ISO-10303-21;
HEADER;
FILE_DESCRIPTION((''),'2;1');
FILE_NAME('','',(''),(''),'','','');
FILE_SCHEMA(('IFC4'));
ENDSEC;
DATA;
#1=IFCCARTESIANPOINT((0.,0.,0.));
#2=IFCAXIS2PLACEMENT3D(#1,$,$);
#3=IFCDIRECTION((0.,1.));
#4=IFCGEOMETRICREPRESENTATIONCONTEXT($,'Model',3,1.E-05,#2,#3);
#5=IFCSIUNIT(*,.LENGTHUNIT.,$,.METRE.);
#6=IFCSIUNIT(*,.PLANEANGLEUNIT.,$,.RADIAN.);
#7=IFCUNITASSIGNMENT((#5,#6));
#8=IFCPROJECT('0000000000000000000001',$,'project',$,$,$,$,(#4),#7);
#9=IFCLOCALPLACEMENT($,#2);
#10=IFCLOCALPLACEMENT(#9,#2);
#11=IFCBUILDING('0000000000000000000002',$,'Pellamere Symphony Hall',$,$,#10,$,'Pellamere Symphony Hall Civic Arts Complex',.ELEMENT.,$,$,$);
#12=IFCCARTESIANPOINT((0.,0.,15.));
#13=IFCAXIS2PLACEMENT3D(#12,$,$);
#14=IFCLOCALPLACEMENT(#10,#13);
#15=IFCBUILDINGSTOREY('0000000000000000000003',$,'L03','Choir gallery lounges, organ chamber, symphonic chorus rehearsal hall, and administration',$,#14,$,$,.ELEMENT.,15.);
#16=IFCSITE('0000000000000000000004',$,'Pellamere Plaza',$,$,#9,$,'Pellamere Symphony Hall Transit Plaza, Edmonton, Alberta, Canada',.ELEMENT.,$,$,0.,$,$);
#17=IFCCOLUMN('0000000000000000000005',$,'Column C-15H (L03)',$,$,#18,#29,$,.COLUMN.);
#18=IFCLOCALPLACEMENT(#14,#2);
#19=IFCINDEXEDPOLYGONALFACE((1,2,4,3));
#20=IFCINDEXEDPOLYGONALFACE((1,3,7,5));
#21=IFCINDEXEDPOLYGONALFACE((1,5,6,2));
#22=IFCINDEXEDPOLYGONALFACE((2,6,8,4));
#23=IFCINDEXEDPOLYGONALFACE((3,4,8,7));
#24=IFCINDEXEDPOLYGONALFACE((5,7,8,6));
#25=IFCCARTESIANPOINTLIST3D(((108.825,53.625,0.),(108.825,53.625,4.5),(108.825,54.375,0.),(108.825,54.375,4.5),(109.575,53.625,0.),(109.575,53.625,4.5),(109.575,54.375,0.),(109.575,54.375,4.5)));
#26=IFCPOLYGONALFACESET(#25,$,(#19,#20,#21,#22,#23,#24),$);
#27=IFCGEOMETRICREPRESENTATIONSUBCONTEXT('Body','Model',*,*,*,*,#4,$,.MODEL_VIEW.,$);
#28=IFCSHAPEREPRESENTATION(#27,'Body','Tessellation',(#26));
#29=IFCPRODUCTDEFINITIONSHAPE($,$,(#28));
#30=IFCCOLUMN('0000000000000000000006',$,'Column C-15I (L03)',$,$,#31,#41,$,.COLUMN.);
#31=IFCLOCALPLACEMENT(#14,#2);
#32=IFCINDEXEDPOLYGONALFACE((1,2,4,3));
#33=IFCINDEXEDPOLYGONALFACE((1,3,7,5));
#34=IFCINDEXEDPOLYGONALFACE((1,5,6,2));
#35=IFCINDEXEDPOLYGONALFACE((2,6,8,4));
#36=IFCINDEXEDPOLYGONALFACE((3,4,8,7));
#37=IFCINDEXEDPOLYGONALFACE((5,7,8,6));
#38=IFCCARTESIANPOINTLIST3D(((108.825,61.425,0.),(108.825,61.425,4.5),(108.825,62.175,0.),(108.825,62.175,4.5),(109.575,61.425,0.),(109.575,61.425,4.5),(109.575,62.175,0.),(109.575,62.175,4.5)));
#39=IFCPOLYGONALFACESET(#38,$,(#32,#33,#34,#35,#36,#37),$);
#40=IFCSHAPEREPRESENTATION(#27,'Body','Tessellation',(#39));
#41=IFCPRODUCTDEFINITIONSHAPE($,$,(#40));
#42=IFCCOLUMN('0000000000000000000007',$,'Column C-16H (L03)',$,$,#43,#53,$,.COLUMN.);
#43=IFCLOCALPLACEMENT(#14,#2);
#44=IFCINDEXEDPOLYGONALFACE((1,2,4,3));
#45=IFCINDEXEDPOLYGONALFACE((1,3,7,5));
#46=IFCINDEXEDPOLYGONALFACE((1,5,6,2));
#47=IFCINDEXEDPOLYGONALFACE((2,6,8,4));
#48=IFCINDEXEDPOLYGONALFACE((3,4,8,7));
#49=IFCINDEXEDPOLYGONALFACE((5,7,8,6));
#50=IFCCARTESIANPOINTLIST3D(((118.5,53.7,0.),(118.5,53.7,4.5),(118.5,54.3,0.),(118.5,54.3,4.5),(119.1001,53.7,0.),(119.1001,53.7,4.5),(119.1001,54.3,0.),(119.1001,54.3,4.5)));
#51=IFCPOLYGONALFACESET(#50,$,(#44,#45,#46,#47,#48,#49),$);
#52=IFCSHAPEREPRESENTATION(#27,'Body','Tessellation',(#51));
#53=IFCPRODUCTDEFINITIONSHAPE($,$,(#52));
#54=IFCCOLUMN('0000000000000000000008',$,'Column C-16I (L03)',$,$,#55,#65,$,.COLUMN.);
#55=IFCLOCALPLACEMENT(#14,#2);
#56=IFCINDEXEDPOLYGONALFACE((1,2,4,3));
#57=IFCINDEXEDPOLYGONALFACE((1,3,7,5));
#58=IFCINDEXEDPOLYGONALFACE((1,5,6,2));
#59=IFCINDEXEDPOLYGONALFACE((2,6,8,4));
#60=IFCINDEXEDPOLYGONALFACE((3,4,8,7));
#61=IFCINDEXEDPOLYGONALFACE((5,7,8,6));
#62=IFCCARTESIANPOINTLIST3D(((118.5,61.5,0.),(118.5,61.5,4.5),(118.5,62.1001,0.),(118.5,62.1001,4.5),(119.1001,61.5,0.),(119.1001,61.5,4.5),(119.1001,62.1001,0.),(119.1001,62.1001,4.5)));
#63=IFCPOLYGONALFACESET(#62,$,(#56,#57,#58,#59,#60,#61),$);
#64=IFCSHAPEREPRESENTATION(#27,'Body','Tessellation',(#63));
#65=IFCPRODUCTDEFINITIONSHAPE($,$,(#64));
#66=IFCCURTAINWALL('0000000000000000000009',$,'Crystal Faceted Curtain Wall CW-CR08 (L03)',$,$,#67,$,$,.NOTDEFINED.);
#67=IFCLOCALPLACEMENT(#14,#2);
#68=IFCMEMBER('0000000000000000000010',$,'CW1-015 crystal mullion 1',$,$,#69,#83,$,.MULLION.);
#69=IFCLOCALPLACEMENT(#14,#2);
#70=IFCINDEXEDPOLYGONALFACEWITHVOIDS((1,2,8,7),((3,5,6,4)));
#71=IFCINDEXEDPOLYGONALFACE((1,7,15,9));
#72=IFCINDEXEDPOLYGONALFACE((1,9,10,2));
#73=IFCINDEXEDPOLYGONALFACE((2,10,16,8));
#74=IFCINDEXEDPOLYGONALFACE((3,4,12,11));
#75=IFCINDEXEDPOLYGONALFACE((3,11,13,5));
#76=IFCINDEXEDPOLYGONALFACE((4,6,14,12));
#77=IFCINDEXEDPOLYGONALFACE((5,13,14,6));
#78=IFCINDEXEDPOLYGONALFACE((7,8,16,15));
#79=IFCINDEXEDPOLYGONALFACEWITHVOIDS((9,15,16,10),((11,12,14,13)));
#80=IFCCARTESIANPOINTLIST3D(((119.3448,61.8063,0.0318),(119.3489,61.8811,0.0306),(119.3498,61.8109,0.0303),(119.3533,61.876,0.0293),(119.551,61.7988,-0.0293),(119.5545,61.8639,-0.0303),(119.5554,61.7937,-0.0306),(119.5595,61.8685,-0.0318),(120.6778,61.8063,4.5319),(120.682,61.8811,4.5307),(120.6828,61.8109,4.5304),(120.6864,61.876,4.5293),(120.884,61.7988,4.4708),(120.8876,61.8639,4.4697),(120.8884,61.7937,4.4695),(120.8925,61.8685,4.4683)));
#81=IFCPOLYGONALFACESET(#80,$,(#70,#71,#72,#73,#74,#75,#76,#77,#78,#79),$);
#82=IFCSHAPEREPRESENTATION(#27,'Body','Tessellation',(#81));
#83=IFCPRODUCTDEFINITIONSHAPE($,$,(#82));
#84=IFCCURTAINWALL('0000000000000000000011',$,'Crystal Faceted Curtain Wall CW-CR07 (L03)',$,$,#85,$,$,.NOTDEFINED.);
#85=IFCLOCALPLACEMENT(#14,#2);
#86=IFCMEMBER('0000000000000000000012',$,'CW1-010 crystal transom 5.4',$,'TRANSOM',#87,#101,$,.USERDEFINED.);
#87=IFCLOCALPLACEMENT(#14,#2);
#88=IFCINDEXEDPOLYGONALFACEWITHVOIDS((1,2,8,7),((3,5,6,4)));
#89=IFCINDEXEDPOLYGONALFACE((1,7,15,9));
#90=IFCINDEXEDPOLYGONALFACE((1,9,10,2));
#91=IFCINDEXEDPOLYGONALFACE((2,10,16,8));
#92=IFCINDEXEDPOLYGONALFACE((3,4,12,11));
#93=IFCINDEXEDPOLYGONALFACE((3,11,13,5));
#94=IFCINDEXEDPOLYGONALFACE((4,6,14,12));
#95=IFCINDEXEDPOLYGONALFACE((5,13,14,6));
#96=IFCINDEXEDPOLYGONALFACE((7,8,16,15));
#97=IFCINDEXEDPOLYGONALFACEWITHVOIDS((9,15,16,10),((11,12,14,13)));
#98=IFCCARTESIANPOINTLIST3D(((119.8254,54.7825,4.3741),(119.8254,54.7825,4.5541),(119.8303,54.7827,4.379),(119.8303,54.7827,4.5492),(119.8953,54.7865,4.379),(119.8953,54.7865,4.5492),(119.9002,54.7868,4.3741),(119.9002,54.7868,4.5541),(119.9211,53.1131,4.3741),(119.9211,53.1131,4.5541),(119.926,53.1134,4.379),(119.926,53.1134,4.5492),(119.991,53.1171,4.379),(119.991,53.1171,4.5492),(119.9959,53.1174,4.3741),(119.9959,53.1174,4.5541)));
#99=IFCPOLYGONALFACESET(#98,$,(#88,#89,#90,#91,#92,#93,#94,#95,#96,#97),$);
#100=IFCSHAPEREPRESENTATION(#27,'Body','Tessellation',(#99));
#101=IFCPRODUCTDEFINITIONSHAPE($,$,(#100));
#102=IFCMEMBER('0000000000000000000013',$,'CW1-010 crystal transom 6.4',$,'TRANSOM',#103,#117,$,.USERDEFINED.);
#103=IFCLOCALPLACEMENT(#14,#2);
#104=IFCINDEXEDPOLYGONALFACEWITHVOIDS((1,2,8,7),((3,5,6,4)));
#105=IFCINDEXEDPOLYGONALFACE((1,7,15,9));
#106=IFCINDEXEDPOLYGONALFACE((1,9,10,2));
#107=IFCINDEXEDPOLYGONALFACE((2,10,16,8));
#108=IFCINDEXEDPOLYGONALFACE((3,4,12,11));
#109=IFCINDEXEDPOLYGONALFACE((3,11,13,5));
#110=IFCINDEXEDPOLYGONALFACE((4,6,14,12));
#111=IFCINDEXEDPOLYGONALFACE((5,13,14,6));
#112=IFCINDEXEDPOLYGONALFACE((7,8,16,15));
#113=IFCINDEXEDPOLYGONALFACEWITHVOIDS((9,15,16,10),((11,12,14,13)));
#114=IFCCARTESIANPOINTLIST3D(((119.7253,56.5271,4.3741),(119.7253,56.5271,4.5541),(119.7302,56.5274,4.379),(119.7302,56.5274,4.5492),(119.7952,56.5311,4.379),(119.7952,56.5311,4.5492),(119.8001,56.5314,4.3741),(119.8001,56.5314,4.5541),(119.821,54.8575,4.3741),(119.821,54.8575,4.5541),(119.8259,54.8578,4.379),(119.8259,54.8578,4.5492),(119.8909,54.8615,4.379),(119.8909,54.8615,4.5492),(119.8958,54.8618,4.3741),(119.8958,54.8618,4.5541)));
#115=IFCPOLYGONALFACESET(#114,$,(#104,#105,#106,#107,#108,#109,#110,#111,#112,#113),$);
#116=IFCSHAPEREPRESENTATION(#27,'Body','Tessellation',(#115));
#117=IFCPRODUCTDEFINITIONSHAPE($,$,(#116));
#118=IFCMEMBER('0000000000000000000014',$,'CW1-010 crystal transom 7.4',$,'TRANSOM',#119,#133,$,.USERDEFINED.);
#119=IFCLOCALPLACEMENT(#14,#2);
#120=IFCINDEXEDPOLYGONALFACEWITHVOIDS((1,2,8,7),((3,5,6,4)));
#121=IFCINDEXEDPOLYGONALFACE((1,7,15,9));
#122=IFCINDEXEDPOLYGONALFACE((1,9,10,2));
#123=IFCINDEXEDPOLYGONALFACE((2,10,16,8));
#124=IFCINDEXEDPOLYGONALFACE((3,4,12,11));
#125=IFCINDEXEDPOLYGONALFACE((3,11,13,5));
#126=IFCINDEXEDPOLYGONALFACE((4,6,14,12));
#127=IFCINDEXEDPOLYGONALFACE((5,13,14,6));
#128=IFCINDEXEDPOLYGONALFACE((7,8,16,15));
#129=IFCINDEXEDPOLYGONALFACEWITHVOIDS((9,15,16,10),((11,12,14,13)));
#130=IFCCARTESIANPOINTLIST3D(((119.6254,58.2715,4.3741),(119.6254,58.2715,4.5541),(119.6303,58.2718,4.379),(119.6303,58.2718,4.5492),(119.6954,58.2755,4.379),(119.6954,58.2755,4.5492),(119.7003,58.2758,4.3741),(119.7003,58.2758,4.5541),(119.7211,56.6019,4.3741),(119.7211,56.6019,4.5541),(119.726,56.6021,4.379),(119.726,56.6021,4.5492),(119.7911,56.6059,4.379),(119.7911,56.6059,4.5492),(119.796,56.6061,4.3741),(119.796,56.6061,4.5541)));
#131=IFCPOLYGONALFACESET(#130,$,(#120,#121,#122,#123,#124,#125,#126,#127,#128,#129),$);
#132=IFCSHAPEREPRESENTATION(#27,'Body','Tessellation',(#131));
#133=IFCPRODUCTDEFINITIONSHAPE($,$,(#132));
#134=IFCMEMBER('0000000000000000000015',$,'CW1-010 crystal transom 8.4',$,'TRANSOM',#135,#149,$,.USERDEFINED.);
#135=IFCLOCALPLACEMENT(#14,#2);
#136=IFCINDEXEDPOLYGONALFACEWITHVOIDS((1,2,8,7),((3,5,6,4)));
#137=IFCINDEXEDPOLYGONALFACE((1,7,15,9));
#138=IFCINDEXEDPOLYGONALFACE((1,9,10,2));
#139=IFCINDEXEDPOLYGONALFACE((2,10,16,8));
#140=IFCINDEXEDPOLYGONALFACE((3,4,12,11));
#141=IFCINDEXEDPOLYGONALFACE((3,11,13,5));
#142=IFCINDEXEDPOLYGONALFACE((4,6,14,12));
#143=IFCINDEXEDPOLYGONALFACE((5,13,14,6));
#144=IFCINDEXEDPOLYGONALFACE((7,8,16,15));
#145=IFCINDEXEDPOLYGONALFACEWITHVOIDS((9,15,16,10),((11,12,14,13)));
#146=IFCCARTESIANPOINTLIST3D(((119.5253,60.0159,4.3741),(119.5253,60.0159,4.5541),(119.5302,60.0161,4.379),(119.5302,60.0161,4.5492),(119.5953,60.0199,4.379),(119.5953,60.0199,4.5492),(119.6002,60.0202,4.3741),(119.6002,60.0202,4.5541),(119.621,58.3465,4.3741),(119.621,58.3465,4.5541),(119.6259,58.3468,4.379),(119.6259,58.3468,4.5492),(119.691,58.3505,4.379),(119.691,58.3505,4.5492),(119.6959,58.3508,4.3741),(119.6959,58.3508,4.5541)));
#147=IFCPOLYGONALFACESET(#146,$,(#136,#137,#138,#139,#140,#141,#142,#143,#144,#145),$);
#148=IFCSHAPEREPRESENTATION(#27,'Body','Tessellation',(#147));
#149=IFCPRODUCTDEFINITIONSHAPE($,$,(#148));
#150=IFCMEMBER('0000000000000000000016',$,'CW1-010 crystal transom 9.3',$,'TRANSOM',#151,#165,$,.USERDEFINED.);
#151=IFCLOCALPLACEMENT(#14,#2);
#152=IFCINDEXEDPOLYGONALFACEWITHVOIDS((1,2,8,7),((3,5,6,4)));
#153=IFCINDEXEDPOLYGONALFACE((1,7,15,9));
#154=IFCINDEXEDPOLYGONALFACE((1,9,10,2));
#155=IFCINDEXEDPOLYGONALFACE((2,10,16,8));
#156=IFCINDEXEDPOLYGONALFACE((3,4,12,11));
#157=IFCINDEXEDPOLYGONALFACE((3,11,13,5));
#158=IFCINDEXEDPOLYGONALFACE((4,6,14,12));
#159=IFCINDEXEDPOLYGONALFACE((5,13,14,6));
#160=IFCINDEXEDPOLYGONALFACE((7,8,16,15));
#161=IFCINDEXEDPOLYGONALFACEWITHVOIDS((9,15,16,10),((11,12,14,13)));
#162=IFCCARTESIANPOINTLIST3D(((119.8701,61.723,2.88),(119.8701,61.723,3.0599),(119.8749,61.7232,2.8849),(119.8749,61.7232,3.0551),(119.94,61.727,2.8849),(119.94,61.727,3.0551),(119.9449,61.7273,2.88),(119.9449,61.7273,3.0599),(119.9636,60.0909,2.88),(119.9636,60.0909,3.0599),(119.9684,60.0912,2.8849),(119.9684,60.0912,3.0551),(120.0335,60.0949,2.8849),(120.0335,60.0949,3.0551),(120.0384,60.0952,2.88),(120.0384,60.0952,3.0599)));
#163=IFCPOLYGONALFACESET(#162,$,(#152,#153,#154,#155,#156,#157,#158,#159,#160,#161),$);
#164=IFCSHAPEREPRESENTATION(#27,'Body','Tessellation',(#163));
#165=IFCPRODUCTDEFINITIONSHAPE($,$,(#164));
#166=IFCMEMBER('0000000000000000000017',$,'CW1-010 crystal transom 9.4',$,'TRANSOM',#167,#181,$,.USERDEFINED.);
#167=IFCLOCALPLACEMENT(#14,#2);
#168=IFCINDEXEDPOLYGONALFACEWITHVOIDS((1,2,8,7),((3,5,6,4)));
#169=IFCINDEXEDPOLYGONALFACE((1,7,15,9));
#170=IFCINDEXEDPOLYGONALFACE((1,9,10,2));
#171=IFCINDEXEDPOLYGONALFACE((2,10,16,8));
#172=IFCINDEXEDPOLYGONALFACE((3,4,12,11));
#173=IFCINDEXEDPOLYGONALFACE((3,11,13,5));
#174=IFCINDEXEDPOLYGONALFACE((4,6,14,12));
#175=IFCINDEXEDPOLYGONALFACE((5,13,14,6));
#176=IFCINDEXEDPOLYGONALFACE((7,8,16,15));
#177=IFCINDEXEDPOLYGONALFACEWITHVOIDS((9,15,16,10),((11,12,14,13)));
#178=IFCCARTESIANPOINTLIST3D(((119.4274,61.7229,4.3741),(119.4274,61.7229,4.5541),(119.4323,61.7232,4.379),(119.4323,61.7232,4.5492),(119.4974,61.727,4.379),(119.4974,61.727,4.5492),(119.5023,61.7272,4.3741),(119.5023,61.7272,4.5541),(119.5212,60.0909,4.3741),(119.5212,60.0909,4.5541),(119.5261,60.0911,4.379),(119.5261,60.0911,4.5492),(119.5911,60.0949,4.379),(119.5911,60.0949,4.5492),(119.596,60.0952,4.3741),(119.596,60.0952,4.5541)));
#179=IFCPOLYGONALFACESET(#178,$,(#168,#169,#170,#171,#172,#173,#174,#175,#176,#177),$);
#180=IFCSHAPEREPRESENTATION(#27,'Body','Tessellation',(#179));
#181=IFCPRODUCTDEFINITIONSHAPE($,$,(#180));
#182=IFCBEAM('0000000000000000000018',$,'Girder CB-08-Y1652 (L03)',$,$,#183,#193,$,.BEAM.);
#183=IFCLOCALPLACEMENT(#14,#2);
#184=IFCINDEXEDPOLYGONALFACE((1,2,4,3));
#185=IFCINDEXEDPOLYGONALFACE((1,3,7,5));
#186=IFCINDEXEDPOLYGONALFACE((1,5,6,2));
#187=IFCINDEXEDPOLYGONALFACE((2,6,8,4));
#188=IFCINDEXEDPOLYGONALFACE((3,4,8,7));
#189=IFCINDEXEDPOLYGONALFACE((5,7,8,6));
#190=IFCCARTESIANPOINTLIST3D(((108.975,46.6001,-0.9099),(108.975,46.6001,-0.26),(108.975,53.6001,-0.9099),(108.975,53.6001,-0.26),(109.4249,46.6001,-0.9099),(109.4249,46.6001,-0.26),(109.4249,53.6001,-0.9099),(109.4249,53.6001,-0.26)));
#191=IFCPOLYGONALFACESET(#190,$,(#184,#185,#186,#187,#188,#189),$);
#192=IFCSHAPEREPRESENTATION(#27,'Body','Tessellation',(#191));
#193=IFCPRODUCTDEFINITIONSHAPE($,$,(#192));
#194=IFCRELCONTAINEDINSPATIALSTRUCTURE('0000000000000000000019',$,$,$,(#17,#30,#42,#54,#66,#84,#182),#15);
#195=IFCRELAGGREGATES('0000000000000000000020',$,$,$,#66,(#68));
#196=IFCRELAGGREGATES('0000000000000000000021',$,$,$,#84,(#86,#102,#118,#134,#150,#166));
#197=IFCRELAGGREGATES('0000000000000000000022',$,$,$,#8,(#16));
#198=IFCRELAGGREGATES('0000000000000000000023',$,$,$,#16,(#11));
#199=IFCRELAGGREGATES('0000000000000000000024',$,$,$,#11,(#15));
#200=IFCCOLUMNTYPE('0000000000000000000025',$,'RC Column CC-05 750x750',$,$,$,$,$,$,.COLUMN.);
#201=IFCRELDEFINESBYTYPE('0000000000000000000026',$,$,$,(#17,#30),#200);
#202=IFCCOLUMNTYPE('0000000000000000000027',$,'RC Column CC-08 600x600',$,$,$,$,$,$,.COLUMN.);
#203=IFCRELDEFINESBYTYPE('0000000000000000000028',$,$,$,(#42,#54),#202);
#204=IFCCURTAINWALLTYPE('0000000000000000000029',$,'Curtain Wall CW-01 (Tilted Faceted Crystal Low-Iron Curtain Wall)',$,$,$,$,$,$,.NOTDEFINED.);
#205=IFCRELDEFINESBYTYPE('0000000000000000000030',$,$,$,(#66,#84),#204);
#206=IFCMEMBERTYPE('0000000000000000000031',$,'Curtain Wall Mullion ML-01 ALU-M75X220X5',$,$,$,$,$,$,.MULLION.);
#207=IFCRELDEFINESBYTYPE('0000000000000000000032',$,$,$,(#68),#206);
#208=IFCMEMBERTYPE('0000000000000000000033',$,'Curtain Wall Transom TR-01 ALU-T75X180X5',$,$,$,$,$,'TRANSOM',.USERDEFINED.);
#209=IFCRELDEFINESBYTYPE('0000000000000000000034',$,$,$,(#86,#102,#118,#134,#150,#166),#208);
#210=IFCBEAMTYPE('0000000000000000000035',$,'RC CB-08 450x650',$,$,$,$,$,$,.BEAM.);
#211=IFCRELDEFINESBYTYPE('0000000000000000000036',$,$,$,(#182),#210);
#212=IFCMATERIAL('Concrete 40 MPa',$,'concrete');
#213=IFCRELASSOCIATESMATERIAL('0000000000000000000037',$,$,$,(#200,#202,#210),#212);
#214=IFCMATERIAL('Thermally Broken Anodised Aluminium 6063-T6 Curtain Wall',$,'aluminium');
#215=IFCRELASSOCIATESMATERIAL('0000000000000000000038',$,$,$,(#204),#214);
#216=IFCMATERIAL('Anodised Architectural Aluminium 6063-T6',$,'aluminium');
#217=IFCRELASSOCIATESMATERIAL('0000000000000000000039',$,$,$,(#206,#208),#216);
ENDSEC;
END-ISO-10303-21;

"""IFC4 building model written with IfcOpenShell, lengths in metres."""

from ifc_helpers import new_model, si_unit, direction, frame, origin, origin_2d, place, context, subcontext, project, spatial, rectangle, hollow_rectangle, extrude, material, material_profile, profile_set, type_object, element, aggregate, save


model = new_model("IFC4")

# Units and contexts
model_context = context("Model", 3, precision=1e-05, world=origin(), true_north=direction((0.0, 1.0)))
body_context = subcontext(model_context, "Body", "Model", "MODEL_VIEW")
ifc_project = project(units=[si_unit("LENGTHUNIT", "METRE"), si_unit("PLANEANGLEUNIT", "RADIAN")], contexts=[model_context])

# Site, building, storey
site_placement = place(None, origin())
site = spatial("IfcSite", under=ifc_project, at=site_placement, Name="Pellamere Plaza", LongName="Pellamere Symphony Hall Transit Plaza, Edmonton, Alberta, Canada", CompositionType="ELEMENT", RefElevation=0.0)
building_placement = place(site_placement, origin())
building = spatial("IfcBuilding", under=site, at=building_placement, Name="Pellamere Symphony Hall", LongName="Pellamere Symphony Hall Civic Arts Complex", CompositionType="ELEMENT")
storey_placement = place(building_placement, frame((0.0, 0.0, 15.0)))
storey = spatial("IfcBuildingStorey", under=building, at=storey_placement, Name="L03", Description="Choir gallery lounges, organ chamber, symphonic chorus rehearsal hall, and administration", CompositionType="ELEMENT", Elevation=15.0)

# Columns
ifc_material_1 = material(Name="Concrete 40 MPa", Category="concrete")
ifc_material_profile_1 = material_profile(ifc_material_1, rectangle(XDim=0.75, YDim=0.75, at=origin_2d()), Name="RC 750x750")
ifc_profile_set_1 = profile_set([ifc_material_profile_1], Name="Concrete 40 MPa")
column_type_1 = type_object("IfcColumnType", Name="RC Column CC-05 750x750", PredefinedType="COLUMN", material=ifc_profile_set_1)
for number, where, z_axis, x_axis, name in (
    (1, (109.2, 54.0, 0.0), (0.0, 0.0, 1.0), (1.0, 0.0, 0.0), "Column C-15H (L03)"),
    (2, (109.2, 61.8, 0.0), (0.0, 0.0, 1.0), (1.0, 0.0, 0.0), "Column C-15I (L03)"),
):
    element("IfcColumn", number, at=place(storey_placement, frame(where, z_axis=z_axis, x_axis=x_axis)), inside=storey, type_object=column_type_1, Name=name, PredefinedType="COLUMN", context=body_context, shape_type="SweptSolid", body=[
        extrude(rectangle(XDim=0.75, YDim=0.75, at=origin_2d()), origin(), (0.0, 0.0, 1.0), 4.5),
    ])
ifc_material_profile_2 = material_profile(ifc_material_1, rectangle(XDim=0.6001, YDim=0.6001, at=origin_2d()), Name="RC 600x600")
ifc_profile_set_2 = profile_set([ifc_material_profile_2], Name="Concrete 40 MPa")
column_type_2 = type_object("IfcColumnType", Name="RC Column CC-08 600x600", PredefinedType="COLUMN", material=ifc_profile_set_2)
for number, where, z_axis, x_axis, name in (
    (3, (118.8, 54.0, 0.0), (0.0, 0.0, 1.0), (1.0, 0.0, 0.0), "Column C-16H (L03)"),
    (4, (118.8, 61.8, 0.0), (0.0, 0.0, 1.0), (1.0, 0.0, 0.0), "Column C-16I (L03)"),
):
    element("IfcColumn", number, at=place(storey_placement, frame(where, z_axis=z_axis, x_axis=x_axis)), inside=storey, type_object=column_type_2, Name=name, PredefinedType="COLUMN", context=body_context, shape_type="SweptSolid", body=[
        extrude(rectangle(XDim=0.6001, YDim=0.6001, at=origin_2d()), origin(), (0.0, 0.0, 1.0), 4.5),
    ])

# Curtain wall, member
ifc_material_2 = material(Name="Thermally Broken Anodised Aluminium 6063-T6 Curtain Wall", Category="aluminium")
curtain_wall_type = type_object("IfcCurtainWallType", Name="Curtain Wall CW-01 (Tilted Faceted Crystal Low-Iron Curtain Wall)", PredefinedType="NOTDEFINED", material=ifc_material_2)
curtain_wall_1_placement = place(storey_placement, origin())
curtain_wall_1 = element("IfcCurtainWall", 5, at=curtain_wall_1_placement, inside=storey, type_object=curtain_wall_type, Name="Crystal Faceted Curtain Wall CW-CR08 (L03)", PredefinedType="NOTDEFINED")
ifc_material_3 = material(Name="Anodised Architectural Aluminium 6063-T6", Category="aluminium")
ifc_material_profile_3 = material_profile(ifc_material_3, hollow_rectangle(XDim=0.075, YDim=0.22, WallThickness=0.0049, at=origin_2d()), Name="ALU-M75X220X5")
ifc_profile_set_3 = profile_set([ifc_material_profile_3], Name="Anodised Architectural Aluminium 6063-T6")
member_type_1 = type_object("IfcMemberType", Name="Curtain Wall Mullion ML-01 ALU-M75X220X5", PredefinedType="MULLION", material=ifc_profile_set_3)
member_1_placement = place(storey_placement, frame((119.4521, 61.8374, 0.0), z_axis=(0.284025, 0.0, 0.958817), x_axis=(-0.054874, -0.998361, 0.016255)))
member_1 = element("IfcMember", 6, at=member_1_placement, type_object=member_type_1, Name="CW1-015 crystal mullion 1", PredefinedType="MULLION", context=body_context, shape_type="SweptSolid", body=[
    extrude(hollow_rectangle(XDim=0.075, YDim=0.22, WallThickness=0.0049, at=origin_2d()), origin(), (0.0, 0.0, 1.0), 4.6934),
])
aggregate(curtain_wall_1, [member_1])

# Curtain wall, members
curtain_wall_2_placement = place(storey_placement, origin())
curtain_wall_2 = element("IfcCurtainWall", 7, at=curtain_wall_2_placement, inside=storey, type_object=curtain_wall_type, Name="Crystal Faceted Curtain Wall CW-CR07 (L03)", PredefinedType="NOTDEFINED")
ifc_material_profile_4 = material_profile(ifc_material_3, hollow_rectangle(XDim=0.075, YDim=0.1799, WallThickness=0.0049, at=origin_2d()), Name="ALU-T75X180X5")
ifc_profile_set_4 = profile_set([ifc_material_profile_4], Name="Anodised Architectural Aluminium 6063-T6")
member_type_2 = type_object("IfcMemberType", Name="Curtain Wall Transom TR-01 ALU-T75X180X5", ElementType="TRANSOM", PredefinedType="USERDEFINED", material=ifc_profile_set_4)
member_2_placement = place(storey_placement, frame((119.9585, 53.1152, 4.4641), z_axis=(-0.057233, 0.998361, 0.0), x_axis=(-0.998361, -0.057233, 0.0)))
member_2 = element("IfcMember", 8, at=member_2_placement, type_object=member_type_2, Name="CW1-010 crystal transom 5.4", ObjectType="TRANSOM", PredefinedType="USERDEFINED", context=body_context, shape_type="SweptSolid", body=[
    extrude(hollow_rectangle(XDim=0.075, YDim=0.1799, WallThickness=0.0049, at=origin_2d()), origin(), (0.0, 0.0, 1.0), 1.6721),
])
member_3_placement = place(storey_placement, frame((119.8584, 54.8596, 4.4641), z_axis=(-0.057224, 0.998361, 0.0), x_axis=(-0.998361, -0.057224, 0.0)))
member_3 = element("IfcMember", 9, at=member_3_placement, type_object=member_type_2, Name="CW1-010 crystal transom 6.4", ObjectType="TRANSOM", PredefinedType="USERDEFINED", context=body_context, shape_type="SweptSolid", body=[
    extrude(hollow_rectangle(XDim=0.075, YDim=0.1799, WallThickness=0.0049, at=origin_2d()), origin(), (0.0, 0.0, 1.0), 1.6724),
])
member_4_placement = place(storey_placement, frame((119.7585, 56.604, 4.4641), z_axis=(-0.057224, 0.998361, 0.0), x_axis=(-0.998361, -0.057224, 0.0)))
member_4 = element("IfcMember", 10, at=member_4_placement, type_object=member_type_2, Name="CW1-010 crystal transom 7.4", ObjectType="TRANSOM", PredefinedType="USERDEFINED", context=body_context, shape_type="SweptSolid", body=[
    extrude(hollow_rectangle(XDim=0.075, YDim=0.1799, WallThickness=0.0049, at=origin_2d()), origin(), (0.0, 0.0, 1.0), 1.6724),
])
member_5_placement = place(storey_placement, frame((119.6584, 58.3486, 4.4641), z_axis=(-0.057233, 0.998361, 0.0), x_axis=(-0.998361, -0.057233, 0.0)))
member_5 = element("IfcMember", 11, at=member_5_placement, type_object=member_type_2, Name="CW1-010 crystal transom 8.4", ObjectType="TRANSOM", PredefinedType="USERDEFINED", context=body_context, shape_type="SweptSolid", body=[
    extrude(hollow_rectangle(XDim=0.075, YDim=0.1799, WallThickness=0.0049, at=origin_2d()), origin(), (0.0, 0.0, 1.0), 1.6721),
])
member_6_placement = place(storey_placement, frame((120.001, 60.093, 2.97), z_axis=(-0.057199, 0.998363, 0.0), x_axis=(-0.998363, -0.057199, 0.0)))
member_6 = element("IfcMember", 12, at=member_6_placement, type_object=member_type_2, Name="CW1-010 crystal transom 9.3", ObjectType="TRANSOM", PredefinedType="USERDEFINED", context=body_context, shape_type="SweptSolid", body=[
    extrude(hollow_rectangle(XDim=0.075, YDim=0.1799, WallThickness=0.0049, at=origin_2d()), origin(), (0.0, 0.0, 1.0), 1.6348),
])
member_7_placement = place(storey_placement, frame((119.5586, 60.093, 4.4641), z_axis=(-0.057348, 0.998354, 0.0), x_axis=(-0.998354, -0.057348, 0.0)))
member_7 = element("IfcMember", 13, at=member_7_placement, type_object=member_type_2, Name="CW1-010 crystal transom 9.4", ObjectType="TRANSOM", PredefinedType="USERDEFINED", context=body_context, shape_type="SweptSolid", body=[
    extrude(hollow_rectangle(XDim=0.075, YDim=0.1799, WallThickness=0.0049, at=origin_2d()), origin(), (0.0, 0.0, 1.0), 1.6348),
])

# Beam
ifc_material_profile_5 = material_profile(ifc_material_1, rectangle(XDim=0.45, YDim=0.6499, at=origin_2d()), Name="RC 450x650")
ifc_profile_set_5 = profile_set([ifc_material_profile_5], Name="Concrete 40 MPa")
beam_type_1 = type_object("IfcBeamType", Name="RC CB-08 450x650", PredefinedType="BEAM", material=ifc_profile_set_5)
for number, where, z_axis, x_axis, name in (
    (14, (109.2, 46.6001, -0.585), (0.0, 1.0, 0.0), (-1.0, 0.0, 0.0), "Girder CB-08-Y1652 (L03)"),
):
    element("IfcBeam", number, at=place(storey_placement, frame(where, z_axis=z_axis, x_axis=x_axis)), inside=storey, type_object=beam_type_1, Name=name, PredefinedType="BEAM", context=body_context, shape_type="SweptSolid", body=[
        extrude(rectangle(XDim=0.45, YDim=0.6499, at=origin_2d()), origin(), (0.0, 0.0, 1.0), 7.0),
    ])

aggregate(curtain_wall_2, [member_2, member_3, member_4, member_5, member_6, member_7])

save(model, "model.ifc")
